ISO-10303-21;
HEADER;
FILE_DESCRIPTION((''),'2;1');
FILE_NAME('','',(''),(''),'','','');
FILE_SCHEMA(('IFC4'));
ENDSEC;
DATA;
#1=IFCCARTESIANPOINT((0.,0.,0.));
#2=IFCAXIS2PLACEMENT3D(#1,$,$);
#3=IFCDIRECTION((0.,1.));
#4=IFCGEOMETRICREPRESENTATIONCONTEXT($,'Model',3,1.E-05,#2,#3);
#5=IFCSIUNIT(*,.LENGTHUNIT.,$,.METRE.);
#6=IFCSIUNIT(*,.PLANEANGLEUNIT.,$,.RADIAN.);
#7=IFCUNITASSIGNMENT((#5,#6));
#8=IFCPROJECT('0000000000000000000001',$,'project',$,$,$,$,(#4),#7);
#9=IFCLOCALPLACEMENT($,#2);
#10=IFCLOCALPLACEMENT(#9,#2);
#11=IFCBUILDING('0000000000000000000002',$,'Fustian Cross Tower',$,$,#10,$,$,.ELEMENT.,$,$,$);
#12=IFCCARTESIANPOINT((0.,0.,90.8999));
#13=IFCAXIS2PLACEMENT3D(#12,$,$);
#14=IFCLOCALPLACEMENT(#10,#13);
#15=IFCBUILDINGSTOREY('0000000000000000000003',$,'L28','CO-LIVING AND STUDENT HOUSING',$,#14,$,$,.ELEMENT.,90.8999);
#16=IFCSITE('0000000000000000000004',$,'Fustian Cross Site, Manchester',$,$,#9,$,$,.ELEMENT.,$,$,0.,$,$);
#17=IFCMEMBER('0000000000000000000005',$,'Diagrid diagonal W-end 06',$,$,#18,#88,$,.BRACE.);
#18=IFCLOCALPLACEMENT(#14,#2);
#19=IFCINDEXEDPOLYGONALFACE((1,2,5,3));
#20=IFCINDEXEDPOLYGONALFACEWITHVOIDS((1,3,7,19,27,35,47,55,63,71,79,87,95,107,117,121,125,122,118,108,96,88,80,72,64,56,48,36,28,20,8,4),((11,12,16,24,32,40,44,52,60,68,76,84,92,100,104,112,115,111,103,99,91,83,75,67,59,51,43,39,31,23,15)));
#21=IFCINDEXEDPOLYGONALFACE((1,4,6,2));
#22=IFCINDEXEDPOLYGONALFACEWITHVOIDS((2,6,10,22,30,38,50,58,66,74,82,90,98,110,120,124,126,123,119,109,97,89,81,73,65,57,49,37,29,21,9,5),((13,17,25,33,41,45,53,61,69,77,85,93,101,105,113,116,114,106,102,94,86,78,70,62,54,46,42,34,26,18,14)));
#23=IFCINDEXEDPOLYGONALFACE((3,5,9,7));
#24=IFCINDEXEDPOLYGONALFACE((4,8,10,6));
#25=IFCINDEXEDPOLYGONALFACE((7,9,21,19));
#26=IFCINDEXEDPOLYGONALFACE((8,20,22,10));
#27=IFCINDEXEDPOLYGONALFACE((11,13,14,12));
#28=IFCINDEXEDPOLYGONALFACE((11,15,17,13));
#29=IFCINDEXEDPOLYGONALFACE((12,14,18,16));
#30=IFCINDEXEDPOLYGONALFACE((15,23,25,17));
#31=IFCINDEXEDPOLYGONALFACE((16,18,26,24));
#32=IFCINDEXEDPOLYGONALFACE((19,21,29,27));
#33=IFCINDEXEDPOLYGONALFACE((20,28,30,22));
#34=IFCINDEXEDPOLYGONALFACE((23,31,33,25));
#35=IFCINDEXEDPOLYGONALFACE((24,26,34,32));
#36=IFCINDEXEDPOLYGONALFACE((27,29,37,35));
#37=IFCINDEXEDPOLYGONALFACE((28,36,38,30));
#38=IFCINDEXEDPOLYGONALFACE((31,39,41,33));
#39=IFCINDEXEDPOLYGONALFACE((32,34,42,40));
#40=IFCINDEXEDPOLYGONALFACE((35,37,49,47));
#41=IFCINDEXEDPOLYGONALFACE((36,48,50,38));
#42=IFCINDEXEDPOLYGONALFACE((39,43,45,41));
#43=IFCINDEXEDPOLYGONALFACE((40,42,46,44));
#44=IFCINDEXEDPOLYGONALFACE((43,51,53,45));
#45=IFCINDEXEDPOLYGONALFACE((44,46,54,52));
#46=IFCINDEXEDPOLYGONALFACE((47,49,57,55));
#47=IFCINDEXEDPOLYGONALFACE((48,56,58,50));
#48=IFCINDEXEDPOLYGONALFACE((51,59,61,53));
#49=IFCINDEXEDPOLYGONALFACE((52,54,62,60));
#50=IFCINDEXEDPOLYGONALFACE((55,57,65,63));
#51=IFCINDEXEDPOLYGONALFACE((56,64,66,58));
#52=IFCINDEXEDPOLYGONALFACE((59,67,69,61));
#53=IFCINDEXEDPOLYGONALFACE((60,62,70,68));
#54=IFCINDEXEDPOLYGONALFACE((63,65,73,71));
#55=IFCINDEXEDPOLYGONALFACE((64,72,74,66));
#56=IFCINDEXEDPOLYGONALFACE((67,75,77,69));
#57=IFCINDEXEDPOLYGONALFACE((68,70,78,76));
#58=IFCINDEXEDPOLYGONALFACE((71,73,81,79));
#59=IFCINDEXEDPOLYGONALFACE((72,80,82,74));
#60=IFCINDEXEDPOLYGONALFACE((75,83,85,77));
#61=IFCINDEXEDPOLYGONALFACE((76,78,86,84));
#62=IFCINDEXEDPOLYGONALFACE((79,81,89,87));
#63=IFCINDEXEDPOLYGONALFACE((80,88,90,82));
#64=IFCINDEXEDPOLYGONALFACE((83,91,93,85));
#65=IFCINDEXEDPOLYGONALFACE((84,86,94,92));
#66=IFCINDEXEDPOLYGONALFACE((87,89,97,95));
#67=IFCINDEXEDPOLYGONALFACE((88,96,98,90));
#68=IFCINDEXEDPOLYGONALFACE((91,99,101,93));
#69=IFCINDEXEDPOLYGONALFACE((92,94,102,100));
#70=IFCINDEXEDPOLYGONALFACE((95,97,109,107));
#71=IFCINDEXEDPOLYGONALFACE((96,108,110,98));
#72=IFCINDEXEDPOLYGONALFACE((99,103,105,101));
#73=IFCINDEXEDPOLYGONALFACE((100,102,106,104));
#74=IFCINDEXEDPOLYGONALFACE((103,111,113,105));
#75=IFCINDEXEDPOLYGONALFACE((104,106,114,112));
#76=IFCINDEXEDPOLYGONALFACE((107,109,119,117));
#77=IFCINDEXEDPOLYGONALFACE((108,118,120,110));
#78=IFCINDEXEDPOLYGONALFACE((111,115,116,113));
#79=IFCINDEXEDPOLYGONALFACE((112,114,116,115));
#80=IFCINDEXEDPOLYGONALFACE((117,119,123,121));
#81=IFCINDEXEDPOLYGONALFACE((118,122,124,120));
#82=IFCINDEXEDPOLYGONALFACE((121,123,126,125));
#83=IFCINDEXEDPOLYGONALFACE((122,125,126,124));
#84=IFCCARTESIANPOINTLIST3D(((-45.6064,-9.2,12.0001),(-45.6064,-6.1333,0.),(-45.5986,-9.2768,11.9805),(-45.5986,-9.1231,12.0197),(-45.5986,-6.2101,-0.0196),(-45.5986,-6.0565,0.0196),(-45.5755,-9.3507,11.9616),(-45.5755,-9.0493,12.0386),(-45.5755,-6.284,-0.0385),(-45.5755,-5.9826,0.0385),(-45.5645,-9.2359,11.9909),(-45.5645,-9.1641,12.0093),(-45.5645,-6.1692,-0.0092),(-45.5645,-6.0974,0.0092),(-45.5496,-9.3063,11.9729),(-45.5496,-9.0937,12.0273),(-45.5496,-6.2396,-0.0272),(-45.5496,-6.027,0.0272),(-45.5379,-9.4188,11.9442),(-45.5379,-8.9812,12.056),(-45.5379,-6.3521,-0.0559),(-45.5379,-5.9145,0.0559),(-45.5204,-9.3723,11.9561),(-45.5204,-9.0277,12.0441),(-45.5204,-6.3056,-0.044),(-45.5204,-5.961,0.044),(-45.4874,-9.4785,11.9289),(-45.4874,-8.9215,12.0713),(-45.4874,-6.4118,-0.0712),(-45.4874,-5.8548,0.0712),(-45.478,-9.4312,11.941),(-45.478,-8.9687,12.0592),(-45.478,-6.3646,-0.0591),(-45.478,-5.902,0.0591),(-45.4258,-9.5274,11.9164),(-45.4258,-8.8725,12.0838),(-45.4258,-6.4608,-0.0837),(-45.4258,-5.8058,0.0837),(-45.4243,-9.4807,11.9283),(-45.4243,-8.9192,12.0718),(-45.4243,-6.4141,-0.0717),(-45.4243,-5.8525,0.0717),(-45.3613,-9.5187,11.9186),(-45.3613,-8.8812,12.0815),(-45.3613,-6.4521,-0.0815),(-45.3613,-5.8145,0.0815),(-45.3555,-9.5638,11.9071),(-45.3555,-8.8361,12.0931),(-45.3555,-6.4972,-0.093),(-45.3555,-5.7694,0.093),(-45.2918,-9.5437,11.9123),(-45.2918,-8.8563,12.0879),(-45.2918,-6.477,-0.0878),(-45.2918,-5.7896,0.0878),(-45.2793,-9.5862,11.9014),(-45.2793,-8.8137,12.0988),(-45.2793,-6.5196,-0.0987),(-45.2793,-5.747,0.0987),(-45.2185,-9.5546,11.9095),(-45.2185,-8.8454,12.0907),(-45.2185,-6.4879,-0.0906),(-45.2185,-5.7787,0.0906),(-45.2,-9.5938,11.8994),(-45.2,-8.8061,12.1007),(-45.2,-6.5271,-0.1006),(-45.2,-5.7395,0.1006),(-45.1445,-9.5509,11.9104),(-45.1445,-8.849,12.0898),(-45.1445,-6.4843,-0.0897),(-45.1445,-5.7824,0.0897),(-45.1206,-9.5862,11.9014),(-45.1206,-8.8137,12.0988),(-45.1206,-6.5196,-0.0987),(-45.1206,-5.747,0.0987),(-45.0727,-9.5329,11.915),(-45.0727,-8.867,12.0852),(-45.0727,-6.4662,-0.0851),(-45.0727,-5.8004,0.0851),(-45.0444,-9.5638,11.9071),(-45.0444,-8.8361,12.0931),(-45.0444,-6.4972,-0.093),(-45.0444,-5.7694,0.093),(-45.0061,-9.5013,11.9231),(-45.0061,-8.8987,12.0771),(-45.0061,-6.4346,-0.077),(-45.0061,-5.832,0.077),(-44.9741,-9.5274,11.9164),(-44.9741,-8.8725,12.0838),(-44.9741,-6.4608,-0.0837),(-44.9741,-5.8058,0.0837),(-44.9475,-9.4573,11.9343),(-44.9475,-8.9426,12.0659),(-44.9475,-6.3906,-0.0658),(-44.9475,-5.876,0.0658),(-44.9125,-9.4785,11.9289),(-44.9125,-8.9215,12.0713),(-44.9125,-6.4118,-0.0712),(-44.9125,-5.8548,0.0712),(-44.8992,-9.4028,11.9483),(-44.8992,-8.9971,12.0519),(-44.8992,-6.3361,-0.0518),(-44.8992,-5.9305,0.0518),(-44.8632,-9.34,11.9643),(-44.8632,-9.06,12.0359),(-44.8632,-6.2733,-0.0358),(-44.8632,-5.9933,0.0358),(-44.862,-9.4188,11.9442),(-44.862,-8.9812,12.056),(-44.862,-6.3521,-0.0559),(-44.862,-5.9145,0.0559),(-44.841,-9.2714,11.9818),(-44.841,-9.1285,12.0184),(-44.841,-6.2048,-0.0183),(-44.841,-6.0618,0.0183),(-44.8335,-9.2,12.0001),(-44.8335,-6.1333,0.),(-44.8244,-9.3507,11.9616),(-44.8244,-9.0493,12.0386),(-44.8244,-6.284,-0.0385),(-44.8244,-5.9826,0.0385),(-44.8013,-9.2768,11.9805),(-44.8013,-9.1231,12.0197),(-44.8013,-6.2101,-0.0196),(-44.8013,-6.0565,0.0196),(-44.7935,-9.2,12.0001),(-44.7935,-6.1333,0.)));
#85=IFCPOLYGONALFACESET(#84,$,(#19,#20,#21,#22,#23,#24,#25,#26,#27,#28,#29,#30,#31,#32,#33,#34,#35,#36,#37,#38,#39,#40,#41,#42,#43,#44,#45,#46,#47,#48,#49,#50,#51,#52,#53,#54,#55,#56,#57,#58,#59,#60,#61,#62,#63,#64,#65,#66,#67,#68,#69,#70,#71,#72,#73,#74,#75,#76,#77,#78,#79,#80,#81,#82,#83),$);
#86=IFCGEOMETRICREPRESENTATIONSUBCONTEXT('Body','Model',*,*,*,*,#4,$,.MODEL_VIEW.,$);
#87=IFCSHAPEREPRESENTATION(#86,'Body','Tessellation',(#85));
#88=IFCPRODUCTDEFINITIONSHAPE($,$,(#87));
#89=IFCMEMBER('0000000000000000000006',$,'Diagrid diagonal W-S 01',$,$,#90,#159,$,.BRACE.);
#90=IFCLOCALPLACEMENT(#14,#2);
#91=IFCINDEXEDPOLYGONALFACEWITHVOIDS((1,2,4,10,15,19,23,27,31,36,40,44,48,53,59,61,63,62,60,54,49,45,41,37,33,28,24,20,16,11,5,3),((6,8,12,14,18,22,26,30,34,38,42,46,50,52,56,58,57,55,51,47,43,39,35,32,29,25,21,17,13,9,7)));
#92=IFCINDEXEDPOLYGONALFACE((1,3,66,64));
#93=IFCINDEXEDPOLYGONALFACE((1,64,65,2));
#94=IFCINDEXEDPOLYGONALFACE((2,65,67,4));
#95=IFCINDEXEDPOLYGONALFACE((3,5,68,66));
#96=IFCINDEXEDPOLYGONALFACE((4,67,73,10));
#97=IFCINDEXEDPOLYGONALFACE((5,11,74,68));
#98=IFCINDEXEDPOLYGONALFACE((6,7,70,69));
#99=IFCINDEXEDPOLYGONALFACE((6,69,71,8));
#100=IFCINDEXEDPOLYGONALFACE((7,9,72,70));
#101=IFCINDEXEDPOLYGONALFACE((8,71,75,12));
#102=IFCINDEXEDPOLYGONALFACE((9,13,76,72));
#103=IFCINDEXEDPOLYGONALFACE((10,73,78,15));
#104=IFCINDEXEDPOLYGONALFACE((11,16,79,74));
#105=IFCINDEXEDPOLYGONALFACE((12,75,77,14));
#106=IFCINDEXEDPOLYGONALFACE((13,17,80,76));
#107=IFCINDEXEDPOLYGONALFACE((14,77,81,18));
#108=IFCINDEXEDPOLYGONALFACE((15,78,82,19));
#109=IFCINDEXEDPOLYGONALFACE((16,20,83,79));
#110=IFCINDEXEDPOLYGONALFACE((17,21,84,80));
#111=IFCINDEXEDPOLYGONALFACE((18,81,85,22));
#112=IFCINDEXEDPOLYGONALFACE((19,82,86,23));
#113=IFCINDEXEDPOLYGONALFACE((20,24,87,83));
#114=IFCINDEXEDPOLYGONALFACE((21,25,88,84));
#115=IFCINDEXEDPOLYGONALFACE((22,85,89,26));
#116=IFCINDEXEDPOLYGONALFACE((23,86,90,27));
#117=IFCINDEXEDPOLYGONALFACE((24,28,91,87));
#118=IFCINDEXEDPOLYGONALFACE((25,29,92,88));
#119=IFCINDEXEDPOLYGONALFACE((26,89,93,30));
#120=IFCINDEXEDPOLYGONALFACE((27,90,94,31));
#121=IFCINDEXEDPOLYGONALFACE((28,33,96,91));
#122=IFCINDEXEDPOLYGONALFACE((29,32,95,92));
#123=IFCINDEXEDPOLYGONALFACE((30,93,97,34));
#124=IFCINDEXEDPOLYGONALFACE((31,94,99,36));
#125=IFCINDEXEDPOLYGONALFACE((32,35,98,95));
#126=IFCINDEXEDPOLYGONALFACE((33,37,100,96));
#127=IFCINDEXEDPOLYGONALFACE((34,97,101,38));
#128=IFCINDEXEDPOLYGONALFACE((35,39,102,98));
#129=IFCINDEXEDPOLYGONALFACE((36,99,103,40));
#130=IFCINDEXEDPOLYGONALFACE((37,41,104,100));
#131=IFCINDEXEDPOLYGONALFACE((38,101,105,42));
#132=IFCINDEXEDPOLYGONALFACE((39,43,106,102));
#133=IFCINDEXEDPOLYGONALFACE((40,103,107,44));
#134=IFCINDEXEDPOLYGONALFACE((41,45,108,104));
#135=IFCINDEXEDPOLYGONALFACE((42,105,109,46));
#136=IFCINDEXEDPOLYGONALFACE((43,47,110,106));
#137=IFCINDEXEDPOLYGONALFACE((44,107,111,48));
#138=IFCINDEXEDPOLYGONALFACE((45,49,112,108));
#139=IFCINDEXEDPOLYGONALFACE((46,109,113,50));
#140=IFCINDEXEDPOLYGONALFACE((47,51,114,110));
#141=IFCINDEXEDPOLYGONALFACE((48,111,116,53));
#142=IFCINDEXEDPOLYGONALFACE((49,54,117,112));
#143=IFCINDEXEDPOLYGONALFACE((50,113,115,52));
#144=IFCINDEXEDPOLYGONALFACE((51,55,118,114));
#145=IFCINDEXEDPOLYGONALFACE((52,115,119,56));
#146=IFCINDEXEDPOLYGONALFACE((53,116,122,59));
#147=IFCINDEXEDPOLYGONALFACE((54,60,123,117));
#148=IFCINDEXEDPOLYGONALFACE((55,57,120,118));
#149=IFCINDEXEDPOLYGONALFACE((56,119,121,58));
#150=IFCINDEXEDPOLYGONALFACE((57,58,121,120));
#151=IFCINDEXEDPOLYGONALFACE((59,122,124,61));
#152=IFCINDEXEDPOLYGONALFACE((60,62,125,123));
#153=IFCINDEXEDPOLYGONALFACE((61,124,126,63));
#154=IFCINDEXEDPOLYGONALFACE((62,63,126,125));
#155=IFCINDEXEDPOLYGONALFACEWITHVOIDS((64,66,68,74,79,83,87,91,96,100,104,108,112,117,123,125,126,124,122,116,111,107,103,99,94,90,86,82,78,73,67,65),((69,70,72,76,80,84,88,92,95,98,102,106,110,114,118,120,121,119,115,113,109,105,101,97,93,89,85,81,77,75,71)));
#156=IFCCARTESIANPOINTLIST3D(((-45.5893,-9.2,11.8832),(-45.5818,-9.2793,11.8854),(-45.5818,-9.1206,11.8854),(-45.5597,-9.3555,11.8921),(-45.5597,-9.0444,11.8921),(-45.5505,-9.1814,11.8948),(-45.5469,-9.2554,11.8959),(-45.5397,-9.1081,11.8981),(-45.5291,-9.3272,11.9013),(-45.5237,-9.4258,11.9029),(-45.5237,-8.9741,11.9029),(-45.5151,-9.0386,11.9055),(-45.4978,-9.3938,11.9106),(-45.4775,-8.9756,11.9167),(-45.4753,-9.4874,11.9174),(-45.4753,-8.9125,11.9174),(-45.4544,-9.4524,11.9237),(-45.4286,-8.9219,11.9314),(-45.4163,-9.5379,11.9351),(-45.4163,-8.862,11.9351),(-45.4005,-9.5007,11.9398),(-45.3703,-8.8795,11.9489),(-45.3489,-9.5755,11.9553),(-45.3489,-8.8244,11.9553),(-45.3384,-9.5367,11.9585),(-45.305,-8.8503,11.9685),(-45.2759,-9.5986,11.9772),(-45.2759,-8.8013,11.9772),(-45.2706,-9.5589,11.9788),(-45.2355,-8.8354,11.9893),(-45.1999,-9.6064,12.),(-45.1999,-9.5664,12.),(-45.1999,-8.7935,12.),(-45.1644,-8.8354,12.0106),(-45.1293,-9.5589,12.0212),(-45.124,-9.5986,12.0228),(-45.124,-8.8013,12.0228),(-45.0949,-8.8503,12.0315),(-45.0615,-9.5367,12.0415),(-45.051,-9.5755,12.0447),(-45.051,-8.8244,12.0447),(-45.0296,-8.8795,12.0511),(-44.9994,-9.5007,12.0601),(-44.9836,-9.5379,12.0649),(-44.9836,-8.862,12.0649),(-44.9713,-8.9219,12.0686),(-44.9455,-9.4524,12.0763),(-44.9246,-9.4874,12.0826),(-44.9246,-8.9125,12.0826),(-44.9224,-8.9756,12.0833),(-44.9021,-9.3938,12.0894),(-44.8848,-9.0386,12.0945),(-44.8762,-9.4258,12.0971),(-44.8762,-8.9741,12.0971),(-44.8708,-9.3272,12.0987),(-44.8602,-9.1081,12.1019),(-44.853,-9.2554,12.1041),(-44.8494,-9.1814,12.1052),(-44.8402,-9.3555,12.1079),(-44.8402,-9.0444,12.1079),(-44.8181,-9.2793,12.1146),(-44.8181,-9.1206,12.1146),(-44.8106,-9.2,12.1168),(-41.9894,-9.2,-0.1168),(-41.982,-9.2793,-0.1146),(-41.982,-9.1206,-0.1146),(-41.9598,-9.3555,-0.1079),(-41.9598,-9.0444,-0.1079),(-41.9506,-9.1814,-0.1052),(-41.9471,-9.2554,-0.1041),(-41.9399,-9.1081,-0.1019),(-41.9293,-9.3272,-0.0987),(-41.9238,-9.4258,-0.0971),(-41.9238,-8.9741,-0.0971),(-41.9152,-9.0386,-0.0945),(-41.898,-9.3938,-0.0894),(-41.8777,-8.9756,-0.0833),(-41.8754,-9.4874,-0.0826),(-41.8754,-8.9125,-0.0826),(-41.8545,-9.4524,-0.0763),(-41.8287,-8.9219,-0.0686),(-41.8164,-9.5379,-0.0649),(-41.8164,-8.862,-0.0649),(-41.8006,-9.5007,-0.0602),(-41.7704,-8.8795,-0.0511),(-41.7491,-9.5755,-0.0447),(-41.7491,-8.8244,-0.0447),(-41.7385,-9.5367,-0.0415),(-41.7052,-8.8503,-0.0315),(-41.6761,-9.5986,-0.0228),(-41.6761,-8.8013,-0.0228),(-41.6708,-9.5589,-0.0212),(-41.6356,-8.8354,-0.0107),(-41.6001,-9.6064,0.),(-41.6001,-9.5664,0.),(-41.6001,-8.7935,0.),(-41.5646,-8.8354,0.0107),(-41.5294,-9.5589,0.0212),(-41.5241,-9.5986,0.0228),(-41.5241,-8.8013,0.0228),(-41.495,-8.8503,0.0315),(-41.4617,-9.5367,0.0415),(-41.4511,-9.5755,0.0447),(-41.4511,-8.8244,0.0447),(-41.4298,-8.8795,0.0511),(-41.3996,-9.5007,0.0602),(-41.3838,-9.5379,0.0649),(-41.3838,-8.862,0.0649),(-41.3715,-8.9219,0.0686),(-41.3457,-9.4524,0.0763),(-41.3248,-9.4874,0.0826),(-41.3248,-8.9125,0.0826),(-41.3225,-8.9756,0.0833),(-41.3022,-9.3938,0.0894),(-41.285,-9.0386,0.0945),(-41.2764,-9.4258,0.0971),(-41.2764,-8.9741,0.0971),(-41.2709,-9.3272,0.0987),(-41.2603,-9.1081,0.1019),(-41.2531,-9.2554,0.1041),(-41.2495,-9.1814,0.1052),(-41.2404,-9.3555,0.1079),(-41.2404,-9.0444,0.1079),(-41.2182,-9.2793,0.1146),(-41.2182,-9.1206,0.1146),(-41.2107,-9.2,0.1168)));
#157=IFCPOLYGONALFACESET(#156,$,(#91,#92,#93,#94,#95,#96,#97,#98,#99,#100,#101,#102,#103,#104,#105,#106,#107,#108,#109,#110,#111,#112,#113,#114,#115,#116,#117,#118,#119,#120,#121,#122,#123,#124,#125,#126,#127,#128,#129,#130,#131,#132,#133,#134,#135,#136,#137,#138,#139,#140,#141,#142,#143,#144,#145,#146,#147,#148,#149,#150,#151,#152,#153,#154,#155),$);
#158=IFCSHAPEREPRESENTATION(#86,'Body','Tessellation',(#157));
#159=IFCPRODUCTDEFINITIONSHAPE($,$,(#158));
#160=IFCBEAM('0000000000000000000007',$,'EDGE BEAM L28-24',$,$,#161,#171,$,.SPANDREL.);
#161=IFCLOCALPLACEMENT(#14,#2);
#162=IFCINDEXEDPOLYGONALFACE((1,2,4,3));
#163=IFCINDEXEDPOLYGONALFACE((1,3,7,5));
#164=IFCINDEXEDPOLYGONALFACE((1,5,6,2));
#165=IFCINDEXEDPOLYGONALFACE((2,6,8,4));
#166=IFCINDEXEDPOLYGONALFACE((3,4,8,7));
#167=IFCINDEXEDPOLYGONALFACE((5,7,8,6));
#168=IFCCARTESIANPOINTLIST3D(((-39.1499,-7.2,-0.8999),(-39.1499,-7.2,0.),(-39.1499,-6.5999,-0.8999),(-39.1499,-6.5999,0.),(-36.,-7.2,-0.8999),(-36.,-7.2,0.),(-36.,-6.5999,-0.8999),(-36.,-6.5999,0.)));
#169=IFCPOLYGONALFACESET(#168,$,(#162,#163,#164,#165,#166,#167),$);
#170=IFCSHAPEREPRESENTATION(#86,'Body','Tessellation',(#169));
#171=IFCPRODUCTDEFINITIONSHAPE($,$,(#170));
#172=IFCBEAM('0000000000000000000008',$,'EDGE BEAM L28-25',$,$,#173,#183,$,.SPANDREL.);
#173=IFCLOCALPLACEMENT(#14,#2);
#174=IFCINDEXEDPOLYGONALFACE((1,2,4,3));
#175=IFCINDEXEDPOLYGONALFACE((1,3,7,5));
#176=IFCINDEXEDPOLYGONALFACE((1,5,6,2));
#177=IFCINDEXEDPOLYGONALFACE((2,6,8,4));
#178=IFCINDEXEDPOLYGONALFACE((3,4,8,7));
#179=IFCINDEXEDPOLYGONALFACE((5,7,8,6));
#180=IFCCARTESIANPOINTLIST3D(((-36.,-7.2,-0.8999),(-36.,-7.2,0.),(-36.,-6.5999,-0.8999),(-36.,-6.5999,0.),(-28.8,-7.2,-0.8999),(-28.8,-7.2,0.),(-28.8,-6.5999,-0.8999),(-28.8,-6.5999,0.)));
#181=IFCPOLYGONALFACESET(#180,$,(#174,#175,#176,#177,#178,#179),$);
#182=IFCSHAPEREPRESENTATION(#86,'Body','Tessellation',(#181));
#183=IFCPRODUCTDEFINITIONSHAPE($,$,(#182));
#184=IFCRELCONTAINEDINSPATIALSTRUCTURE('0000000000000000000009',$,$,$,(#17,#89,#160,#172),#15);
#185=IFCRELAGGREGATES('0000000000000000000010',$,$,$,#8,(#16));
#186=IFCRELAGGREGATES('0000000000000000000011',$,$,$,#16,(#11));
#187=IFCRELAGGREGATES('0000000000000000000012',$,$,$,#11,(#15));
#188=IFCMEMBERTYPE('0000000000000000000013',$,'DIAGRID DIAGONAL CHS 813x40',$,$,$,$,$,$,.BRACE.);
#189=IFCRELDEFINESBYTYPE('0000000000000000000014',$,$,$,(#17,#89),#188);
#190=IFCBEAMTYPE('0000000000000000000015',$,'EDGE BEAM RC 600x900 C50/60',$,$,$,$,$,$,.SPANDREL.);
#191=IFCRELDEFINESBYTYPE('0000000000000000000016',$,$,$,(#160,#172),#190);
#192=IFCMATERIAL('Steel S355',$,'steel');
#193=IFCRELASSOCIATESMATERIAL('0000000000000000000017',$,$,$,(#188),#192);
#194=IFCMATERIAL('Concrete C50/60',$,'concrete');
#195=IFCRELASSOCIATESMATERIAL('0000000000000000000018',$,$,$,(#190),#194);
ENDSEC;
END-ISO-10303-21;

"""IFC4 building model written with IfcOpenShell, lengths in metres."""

from ifc_helpers import new_model, si_unit, direction, frame, origin, origin_2d, place, context, subcontext, project, spatial, rectangle, hollow_circle, extrude, material, material_profile, profile_set, type_object, element, save


model = new_model("IFC4")

# Units and contexts
model_context = context("Model", 3, precision=1e-05, world=origin(), true_north=direction((0.0, 1.0)))
body_context = subcontext(model_context, "Body", "Model", "MODEL_VIEW")
ifc_project = project(units=[si_unit("LENGTHUNIT", "METRE"), si_unit("PLANEANGLEUNIT", "RADIAN")], contexts=[model_context])

# Site, building, storey
site_placement = place(None, origin())
site = spatial("IfcSite", under=ifc_project, at=site_placement, Name="Fustian Cross Site, Manchester", CompositionType="ELEMENT", RefElevation=0.0)
building_placement = place(site_placement, origin())
building = spatial("IfcBuilding", under=site, at=building_placement, Name="Fustian Cross Tower", CompositionType="ELEMENT")
storey_placement = place(building_placement, frame((0.0, 0.0, 90.8999)))
storey = spatial("IfcBuildingStorey", under=building, at=storey_placement, Name="L28", Description="CO-LIVING AND STUDENT HOUSING", CompositionType="ELEMENT", Elevation=90.8999)

# Members
ifc_material_1 = material(Name="Steel S355", Category="steel")
ifc_material_profile_1 = material_profile(ifc_material_1, hollow_circle(Radius=0.4065, WallThickness=0.04, at=origin_2d()), Name="CHS 813x40")
ifc_profile_set_1 = profile_set([ifc_material_profile_1], Name="Steel S355")
member_type_1 = type_object("IfcMemberType", Name="DIAGRID DIAGONAL CHS 813x40", PredefinedType="BRACE", material=ifc_profile_set_1)
for number, where, z_axis, x_axis, name in (
    (1, (-45.2, -6.1333, 0.0), (0.0, -0.247597, 0.968863), (1.0, 0.0, 0.0), "Diagrid diagonal W-end 06"),
):
    element("IfcMember", number, at=place(storey_placement, frame(where, z_axis=z_axis, x_axis=x_axis)), inside=storey, type_object=member_type_1, Name=name, PredefinedType="BRACE", context=body_context, shape_type="SweptSolid", body=[
        extrude(hollow_circle(Radius=0.4065, WallThickness=0.04, at=origin_2d()), origin(), (0.0, 0.0, 1.0), 12.3857),
    ])
member_1_placement = place(storey_placement, frame((-41.6001, -9.2, 0.0), z_axis=(-0.287337, 0.0, 0.95783), x_axis=(0.0, -1.0, 0.0)))
element("IfcMember", 2, at=member_1_placement, inside=storey, type_object=member_type_1, Name="Diagrid diagonal W-S 01", PredefinedType="BRACE", context=body_context, shape_type="SweptSolid", body=[
    extrude(hollow_circle(Radius=0.4065, WallThickness=0.04, at=origin_2d()), origin(), (0.0, 0.0, 1.0), 12.5283),
])

# Beams
ifc_material_2 = material(Name="Concrete C50/60", Category="concrete")
ifc_material_profile_2 = material_profile(ifc_material_2, rectangle(XDim=0.6001, YDim=0.8999, at=origin_2d()), Name="RC 600x900")
ifc_profile_set_2 = profile_set([ifc_material_profile_2], Name="Concrete C50/60")
beam_type = type_object("IfcBeamType", Name="EDGE BEAM RC 600x900 C50/60", PredefinedType="SPANDREL", material=ifc_profile_set_2)
beam_1_placement = place(storey_placement, frame((-39.1499, -6.8999, -0.45), z_axis=(1.0, 0.0, 0.0), x_axis=(0.0, 1.0, 0.0)))
element("IfcBeam", 3, at=beam_1_placement, inside=storey, type_object=beam_type, Name="EDGE BEAM L28-24", PredefinedType="SPANDREL", context=body_context, shape_type="SweptSolid", body=[
    extrude(rectangle(XDim=0.6001, YDim=0.8999, at=origin_2d()), origin(), (0.0, 0.0, 1.0), 3.1499),
])
beam_2_placement = place(storey_placement, frame((-36.0, -6.8999, -0.45), z_axis=(1.0, 0.0, 0.0), x_axis=(0.0, 1.0, 0.0)))
element("IfcBeam", 4, at=beam_2_placement, inside=storey, type_object=beam_type, Name="EDGE BEAM L28-25", PredefinedType="SPANDREL", context=body_context, shape_type="SweptSolid", body=[
    extrude(rectangle(XDim=0.6001, YDim=0.8999, at=origin_2d()), origin(), (0.0, 0.0, 1.0), 7.2),
])

save(model, "model.ifc")
